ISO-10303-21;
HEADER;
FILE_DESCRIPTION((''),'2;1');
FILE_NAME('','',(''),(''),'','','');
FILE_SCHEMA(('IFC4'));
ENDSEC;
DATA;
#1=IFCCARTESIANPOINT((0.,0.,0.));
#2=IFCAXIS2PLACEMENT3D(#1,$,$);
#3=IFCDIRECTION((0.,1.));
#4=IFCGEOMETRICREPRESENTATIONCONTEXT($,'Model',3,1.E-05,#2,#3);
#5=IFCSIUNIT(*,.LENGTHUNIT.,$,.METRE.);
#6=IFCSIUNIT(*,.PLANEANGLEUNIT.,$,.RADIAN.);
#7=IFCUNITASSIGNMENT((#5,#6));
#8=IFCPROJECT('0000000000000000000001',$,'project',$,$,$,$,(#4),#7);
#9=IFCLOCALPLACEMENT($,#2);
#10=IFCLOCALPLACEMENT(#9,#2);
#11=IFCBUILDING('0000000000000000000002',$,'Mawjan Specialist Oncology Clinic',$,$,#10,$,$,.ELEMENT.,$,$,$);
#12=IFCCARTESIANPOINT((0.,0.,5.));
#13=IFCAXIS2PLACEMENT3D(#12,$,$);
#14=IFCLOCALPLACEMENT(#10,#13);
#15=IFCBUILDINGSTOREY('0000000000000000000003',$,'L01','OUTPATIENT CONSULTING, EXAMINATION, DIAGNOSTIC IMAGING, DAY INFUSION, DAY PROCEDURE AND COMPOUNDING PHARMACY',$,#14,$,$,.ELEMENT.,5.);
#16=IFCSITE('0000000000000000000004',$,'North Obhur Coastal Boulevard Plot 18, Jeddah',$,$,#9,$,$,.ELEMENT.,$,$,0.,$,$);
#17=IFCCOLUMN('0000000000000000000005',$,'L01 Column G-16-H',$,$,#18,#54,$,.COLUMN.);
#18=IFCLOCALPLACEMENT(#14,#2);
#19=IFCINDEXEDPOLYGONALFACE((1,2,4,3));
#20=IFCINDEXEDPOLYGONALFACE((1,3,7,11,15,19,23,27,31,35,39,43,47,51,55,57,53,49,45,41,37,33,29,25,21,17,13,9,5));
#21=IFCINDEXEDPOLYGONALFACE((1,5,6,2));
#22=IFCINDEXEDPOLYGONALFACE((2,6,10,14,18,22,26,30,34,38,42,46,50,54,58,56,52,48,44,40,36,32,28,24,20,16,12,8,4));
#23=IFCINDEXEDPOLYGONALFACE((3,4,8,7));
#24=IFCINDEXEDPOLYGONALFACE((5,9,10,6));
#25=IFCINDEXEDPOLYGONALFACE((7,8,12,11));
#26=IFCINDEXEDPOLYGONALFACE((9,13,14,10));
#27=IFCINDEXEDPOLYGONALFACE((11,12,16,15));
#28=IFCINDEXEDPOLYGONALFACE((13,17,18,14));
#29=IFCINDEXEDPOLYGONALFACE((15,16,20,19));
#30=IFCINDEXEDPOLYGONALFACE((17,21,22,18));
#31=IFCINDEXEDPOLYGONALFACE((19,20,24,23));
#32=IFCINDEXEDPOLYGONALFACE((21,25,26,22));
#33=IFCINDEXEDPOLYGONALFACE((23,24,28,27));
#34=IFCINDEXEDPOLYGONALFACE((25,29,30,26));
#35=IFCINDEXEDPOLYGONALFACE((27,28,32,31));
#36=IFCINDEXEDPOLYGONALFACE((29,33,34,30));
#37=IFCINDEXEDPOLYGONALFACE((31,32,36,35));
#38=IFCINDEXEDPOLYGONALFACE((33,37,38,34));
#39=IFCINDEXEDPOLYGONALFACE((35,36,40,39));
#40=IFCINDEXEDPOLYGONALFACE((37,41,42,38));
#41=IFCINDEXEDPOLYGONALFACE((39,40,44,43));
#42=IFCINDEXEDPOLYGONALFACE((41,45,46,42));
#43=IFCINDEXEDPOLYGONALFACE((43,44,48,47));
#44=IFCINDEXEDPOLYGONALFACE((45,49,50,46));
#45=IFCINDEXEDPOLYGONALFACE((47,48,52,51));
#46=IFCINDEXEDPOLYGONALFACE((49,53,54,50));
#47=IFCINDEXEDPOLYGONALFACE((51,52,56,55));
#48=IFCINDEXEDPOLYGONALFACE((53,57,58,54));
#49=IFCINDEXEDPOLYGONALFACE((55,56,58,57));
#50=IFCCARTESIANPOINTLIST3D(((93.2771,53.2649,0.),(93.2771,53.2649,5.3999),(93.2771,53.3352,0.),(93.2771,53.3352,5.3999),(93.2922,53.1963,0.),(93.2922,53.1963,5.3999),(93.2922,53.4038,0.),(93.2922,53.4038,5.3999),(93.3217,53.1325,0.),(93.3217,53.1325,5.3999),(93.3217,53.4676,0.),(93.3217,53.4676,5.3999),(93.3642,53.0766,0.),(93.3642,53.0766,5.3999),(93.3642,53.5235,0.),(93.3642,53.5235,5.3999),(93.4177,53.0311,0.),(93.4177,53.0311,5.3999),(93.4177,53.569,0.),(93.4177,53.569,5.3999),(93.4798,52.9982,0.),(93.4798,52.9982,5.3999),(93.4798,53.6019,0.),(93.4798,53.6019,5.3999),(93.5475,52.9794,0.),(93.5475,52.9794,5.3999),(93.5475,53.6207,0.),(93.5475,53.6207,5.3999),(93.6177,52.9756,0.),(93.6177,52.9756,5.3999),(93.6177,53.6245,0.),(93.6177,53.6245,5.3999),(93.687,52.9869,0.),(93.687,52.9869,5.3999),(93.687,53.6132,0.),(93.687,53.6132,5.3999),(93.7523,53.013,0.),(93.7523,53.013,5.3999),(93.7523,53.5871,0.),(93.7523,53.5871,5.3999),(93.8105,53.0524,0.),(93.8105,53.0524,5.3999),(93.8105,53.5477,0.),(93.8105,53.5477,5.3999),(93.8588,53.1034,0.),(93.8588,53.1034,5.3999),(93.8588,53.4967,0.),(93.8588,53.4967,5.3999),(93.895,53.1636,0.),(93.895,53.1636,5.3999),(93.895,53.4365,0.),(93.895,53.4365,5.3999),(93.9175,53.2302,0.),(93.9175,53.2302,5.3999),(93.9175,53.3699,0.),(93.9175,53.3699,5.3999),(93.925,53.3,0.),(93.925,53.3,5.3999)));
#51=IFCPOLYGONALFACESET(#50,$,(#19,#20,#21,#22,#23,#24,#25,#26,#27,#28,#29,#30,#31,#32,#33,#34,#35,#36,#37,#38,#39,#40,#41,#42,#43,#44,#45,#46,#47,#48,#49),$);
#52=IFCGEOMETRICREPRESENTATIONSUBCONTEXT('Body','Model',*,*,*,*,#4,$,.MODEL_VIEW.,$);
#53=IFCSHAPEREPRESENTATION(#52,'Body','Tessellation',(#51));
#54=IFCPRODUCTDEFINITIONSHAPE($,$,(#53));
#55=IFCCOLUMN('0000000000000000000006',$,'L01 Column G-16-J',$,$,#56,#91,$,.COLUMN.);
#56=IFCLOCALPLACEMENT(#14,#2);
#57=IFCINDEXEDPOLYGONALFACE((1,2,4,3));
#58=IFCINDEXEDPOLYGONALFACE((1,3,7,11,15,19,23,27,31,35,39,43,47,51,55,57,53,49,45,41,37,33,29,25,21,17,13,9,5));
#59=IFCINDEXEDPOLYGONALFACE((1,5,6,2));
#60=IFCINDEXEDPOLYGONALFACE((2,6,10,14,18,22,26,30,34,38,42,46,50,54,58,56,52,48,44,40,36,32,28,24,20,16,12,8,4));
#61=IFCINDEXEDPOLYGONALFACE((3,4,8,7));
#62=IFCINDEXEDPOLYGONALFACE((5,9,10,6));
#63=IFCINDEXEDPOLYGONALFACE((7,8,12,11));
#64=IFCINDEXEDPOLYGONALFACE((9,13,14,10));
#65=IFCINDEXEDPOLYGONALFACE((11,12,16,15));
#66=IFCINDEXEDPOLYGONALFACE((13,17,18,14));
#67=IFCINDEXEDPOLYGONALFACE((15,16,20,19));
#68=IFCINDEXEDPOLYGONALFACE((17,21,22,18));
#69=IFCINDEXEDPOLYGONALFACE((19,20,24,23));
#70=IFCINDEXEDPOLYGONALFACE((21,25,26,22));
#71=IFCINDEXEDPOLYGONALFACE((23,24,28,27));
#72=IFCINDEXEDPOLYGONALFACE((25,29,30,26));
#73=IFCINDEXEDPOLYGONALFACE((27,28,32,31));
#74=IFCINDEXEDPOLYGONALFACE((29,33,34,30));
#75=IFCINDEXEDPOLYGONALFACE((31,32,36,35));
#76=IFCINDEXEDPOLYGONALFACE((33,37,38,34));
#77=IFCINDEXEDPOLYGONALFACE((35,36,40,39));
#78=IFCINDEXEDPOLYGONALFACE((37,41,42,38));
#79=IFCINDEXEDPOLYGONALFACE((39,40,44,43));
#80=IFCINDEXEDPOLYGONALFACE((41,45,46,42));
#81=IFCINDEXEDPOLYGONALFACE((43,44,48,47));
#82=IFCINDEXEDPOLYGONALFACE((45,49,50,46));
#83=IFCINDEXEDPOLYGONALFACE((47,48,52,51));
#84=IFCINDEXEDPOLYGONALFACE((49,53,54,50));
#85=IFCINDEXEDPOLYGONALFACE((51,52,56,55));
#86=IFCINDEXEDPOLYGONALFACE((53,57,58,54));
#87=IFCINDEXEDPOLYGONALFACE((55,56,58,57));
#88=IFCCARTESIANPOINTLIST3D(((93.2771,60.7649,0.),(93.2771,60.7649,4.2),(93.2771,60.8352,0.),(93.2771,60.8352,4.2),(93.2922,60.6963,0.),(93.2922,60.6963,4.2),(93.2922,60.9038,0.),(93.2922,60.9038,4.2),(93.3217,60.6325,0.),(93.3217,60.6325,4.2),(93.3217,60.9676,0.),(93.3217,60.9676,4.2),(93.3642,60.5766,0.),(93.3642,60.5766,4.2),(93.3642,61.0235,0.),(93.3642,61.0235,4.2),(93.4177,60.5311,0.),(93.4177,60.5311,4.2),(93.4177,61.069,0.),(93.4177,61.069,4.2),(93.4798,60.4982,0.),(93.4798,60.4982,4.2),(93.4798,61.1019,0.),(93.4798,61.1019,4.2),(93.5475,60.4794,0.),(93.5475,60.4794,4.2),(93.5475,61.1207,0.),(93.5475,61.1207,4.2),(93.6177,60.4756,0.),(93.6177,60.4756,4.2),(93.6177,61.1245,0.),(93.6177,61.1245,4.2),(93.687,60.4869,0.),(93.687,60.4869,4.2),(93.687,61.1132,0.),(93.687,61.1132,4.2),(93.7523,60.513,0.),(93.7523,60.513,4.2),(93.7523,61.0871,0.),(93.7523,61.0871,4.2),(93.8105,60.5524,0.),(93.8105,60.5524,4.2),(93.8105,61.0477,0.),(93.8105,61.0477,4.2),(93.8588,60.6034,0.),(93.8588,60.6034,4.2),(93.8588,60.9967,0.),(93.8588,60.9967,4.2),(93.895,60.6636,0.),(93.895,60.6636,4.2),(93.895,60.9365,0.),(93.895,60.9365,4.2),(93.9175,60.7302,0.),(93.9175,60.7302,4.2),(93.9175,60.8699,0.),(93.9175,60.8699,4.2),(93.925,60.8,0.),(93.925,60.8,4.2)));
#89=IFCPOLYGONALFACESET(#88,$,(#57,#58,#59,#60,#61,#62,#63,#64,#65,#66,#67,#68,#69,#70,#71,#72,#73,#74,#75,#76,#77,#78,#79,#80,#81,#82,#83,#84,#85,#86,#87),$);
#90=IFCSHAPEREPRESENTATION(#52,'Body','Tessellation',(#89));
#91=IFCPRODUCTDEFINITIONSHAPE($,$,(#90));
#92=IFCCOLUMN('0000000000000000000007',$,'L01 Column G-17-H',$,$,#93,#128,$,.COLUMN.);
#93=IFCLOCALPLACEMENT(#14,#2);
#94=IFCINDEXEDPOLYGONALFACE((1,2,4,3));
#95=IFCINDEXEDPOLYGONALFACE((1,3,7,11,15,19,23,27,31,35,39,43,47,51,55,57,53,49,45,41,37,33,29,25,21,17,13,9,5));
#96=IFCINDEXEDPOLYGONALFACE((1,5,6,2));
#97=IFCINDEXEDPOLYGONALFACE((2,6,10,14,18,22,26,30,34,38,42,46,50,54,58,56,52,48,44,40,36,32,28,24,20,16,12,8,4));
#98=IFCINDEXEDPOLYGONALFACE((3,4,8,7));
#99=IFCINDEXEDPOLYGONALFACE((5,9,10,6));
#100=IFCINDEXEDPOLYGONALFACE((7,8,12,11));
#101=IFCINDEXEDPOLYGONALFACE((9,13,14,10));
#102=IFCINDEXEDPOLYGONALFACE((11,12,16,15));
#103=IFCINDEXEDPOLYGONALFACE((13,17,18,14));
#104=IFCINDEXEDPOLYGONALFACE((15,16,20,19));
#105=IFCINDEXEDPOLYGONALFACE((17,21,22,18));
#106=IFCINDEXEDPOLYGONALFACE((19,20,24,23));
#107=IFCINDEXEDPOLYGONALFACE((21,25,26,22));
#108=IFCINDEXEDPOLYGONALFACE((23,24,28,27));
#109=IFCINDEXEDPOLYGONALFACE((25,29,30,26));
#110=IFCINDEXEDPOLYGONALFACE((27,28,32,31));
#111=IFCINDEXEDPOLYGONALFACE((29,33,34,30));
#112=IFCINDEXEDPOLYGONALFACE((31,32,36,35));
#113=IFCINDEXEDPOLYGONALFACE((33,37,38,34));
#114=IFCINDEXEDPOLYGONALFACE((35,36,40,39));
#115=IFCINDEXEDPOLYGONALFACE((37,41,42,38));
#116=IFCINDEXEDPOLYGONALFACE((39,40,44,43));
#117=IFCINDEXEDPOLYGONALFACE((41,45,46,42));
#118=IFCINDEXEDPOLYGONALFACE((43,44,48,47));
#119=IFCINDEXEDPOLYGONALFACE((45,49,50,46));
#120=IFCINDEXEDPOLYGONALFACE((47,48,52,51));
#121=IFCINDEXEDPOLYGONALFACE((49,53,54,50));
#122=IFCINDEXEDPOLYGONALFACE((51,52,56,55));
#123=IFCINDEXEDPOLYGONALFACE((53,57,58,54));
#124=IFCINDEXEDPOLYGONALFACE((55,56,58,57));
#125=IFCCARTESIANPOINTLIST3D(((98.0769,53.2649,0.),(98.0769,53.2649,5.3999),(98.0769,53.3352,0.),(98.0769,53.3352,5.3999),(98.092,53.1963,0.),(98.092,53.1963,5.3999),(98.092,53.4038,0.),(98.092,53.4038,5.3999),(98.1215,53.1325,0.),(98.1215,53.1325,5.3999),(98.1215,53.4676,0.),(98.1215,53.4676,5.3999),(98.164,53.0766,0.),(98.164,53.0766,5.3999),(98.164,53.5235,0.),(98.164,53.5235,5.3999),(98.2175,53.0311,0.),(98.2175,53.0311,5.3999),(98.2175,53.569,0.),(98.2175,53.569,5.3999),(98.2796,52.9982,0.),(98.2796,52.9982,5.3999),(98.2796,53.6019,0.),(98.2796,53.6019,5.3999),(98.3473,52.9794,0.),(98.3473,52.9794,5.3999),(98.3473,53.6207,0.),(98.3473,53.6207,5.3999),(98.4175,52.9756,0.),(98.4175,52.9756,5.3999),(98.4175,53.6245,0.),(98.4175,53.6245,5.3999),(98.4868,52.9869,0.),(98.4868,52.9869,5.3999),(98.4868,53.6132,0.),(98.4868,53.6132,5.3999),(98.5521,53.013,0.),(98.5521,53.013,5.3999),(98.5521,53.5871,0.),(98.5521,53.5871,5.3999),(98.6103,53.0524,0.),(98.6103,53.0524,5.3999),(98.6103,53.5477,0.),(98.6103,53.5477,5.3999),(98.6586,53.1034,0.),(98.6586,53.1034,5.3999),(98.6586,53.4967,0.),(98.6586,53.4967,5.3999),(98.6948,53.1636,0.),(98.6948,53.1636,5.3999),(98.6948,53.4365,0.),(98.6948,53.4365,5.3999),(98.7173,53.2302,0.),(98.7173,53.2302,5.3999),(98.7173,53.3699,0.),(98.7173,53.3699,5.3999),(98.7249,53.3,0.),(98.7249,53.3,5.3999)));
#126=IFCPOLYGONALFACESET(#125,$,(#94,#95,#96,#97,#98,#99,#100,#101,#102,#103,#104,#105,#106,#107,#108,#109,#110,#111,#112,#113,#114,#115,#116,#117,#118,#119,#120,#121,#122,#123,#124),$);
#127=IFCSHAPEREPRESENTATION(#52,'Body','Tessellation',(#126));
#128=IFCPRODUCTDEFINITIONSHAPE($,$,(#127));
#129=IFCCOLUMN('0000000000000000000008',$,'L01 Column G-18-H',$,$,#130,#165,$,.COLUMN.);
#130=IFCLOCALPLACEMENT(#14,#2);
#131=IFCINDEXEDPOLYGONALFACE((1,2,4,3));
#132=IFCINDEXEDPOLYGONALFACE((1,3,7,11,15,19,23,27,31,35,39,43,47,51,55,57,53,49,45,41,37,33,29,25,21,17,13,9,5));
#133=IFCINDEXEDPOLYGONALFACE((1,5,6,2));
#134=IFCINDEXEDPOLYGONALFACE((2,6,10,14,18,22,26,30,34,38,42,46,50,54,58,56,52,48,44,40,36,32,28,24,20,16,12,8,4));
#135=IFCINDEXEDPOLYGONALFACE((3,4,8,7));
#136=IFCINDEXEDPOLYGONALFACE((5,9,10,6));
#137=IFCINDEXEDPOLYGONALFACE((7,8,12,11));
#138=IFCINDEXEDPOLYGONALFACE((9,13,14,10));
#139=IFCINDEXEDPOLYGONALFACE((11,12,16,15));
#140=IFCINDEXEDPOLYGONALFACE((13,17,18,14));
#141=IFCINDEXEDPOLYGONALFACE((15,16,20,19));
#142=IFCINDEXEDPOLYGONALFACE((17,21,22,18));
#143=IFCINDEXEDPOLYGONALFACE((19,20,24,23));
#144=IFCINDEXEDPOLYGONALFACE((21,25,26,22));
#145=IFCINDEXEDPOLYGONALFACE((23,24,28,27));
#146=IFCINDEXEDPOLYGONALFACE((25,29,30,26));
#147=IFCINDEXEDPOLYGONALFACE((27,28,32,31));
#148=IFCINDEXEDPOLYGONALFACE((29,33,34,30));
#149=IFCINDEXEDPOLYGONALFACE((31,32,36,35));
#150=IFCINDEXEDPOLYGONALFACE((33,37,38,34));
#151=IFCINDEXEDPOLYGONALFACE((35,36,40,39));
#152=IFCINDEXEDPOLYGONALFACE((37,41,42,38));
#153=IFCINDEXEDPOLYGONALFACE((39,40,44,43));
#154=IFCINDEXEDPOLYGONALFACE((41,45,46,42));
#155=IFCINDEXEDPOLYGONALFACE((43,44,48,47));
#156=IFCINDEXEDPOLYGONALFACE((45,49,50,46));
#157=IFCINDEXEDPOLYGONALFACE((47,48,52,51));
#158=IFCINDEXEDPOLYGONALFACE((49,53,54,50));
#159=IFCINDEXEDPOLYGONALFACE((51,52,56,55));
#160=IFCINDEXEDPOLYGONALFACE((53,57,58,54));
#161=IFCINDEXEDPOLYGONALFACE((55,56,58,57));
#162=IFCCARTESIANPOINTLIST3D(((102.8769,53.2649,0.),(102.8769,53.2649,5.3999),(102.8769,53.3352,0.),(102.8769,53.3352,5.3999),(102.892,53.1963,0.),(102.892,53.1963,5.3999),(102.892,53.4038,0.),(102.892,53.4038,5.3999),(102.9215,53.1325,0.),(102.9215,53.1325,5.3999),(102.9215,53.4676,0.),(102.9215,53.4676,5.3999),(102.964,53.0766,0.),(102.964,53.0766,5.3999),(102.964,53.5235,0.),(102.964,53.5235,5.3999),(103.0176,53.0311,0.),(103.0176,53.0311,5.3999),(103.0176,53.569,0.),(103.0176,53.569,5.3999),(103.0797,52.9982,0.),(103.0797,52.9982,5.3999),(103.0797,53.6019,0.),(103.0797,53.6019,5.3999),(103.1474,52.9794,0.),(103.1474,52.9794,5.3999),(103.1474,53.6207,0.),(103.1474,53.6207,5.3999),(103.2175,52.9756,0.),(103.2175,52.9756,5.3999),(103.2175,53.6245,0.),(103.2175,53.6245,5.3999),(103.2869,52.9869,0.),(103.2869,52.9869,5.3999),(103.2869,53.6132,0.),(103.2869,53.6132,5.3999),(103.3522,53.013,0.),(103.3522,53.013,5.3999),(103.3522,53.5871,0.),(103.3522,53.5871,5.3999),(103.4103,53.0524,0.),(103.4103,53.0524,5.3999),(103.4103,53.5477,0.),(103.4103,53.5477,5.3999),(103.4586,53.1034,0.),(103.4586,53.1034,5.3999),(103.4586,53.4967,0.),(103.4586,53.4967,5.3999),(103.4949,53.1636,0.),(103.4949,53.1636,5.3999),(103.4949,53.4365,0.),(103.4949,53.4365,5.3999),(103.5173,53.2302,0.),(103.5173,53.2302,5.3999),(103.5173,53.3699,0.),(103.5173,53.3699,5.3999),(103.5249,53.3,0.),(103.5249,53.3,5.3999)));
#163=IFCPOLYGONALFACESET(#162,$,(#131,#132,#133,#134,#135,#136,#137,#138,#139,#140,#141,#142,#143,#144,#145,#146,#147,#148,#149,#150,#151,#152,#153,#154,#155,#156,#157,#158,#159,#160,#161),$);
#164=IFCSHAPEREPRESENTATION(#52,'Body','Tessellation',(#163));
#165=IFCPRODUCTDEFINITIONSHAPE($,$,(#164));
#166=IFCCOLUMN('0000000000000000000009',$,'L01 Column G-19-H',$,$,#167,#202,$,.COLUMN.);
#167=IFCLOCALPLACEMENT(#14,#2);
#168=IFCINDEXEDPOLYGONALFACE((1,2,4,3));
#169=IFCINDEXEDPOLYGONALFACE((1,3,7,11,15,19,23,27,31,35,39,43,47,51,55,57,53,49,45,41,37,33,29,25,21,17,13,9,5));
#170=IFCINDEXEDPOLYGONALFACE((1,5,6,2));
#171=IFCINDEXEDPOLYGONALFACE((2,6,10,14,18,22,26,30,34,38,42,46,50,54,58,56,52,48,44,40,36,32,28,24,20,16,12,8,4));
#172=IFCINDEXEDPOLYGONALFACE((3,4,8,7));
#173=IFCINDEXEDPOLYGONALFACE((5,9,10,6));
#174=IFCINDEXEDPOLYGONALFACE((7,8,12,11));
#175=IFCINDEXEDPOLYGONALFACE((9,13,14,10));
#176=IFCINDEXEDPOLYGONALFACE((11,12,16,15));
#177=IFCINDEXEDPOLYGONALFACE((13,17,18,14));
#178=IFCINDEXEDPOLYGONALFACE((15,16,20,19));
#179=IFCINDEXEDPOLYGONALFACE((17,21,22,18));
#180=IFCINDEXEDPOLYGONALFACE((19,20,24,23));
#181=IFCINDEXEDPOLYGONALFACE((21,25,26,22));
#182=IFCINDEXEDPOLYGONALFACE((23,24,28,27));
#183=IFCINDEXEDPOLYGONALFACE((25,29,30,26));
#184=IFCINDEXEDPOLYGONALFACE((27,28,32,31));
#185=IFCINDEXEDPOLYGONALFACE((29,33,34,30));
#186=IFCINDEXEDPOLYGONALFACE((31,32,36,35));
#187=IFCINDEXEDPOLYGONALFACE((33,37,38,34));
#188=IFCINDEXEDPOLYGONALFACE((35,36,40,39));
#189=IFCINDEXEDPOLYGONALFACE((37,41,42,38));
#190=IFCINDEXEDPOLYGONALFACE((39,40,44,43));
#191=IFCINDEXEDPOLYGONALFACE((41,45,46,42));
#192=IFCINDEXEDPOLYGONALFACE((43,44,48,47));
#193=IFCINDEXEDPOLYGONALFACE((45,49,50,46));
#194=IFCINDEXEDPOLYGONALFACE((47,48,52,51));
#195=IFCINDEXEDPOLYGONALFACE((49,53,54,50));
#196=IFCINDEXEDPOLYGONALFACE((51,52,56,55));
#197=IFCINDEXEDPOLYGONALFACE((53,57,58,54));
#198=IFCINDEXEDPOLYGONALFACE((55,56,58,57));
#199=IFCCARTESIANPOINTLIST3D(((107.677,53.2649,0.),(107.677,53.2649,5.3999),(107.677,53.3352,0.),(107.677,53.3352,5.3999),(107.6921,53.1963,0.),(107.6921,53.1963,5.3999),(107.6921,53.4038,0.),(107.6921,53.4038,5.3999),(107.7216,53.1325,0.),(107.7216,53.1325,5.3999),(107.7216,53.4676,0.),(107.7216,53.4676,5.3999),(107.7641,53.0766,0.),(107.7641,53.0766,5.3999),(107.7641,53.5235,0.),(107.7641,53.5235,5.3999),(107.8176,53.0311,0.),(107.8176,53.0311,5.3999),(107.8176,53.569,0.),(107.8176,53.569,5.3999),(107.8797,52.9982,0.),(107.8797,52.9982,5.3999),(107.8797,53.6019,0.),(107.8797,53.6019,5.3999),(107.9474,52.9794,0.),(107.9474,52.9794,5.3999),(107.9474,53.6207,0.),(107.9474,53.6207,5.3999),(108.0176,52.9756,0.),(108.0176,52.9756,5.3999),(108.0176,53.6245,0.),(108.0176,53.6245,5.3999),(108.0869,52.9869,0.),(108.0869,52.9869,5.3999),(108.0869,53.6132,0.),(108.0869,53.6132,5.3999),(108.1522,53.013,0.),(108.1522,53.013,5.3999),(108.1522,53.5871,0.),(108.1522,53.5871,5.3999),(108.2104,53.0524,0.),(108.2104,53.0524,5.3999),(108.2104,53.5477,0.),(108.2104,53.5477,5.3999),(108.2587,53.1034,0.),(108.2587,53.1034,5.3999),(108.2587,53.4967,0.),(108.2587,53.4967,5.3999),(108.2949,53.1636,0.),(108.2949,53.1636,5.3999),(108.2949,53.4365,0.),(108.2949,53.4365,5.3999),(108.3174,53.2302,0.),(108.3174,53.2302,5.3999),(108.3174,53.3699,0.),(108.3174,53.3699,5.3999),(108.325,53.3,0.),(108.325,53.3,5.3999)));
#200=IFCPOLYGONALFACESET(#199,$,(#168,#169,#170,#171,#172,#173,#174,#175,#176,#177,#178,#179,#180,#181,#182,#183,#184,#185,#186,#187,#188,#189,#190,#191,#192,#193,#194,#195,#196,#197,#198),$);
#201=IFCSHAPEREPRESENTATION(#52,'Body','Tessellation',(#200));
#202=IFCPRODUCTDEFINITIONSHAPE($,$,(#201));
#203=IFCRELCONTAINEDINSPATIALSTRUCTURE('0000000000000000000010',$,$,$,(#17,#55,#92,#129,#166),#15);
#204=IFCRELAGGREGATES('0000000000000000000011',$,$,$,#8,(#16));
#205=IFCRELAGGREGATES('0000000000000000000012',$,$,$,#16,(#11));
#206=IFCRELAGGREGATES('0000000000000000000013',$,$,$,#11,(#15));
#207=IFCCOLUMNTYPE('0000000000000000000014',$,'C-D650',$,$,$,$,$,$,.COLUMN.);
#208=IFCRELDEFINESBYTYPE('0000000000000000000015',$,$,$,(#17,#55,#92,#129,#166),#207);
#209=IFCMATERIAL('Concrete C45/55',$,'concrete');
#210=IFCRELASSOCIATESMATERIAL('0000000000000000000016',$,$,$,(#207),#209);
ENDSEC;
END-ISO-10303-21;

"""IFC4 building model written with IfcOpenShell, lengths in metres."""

from ifc_helpers import new_model, si_unit, direction, frame, origin, origin_2d, place, context, subcontext, project, spatial, circle, extrude, material, material_profile, profile_set, type_object, element, save


model = new_model("IFC4")

# Units and contexts
model_context = context("Model", 3, precision=1e-05, world=origin(), true_north=direction((0.0, 1.0)))
body_context = subcontext(model_context, "Body", "Model", "MODEL_VIEW")
ifc_project = project(units=[si_unit("LENGTHUNIT", "METRE"), si_unit("PLANEANGLEUNIT", "RADIAN")], contexts=[model_context])

# Site, building, storey
site_placement = place(None, origin())
site = spatial("IfcSite", under=ifc_project, at=site_placement, Name="North Obhur Coastal Boulevard Plot 18, Jeddah", CompositionType="ELEMENT", RefElevation=0.0)
building_placement = place(site_placement, origin())
building = spatial("IfcBuilding", under=site, at=building_placement, Name="Mawjan Specialist Oncology Clinic", CompositionType="ELEMENT")
storey_placement = place(building_placement, frame((0.0, 0.0, 5.0)))
storey = spatial("IfcBuildingStorey", under=building, at=storey_placement, Name="L01", Description="OUTPATIENT CONSULTING, EXAMINATION, DIAGNOSTIC IMAGING, DAY INFUSION, DAY PROCEDURE AND COMPOUNDING PHARMACY", CompositionType="ELEMENT", Elevation=5.0)

# Columns
ifc_material_1 = material(Name="Concrete C45/55", Category="concrete")
ifc_material_profile_1 = material_profile(ifc_material_1, circle(Radius=0.325, at=origin_2d()), Name="RC COL D650", Category="concrete")
ifc_profile_set_1 = profile_set([ifc_material_profile_1], Name="Concrete C45/55")
column_type = type_object("IfcColumnType", Name="C-D650", PredefinedType="COLUMN", material=ifc_profile_set_1)
column_1_placement = place(storey_placement, frame((93.6001, 53.3, 0.0), z_axis=(0.0, 0.0, 1.0), x_axis=(1.0, 0.0, 0.0)))
element("IfcColumn", 1, at=column_1_placement, inside=storey, type_object=column_type, Name="L01 Column G-16-H", PredefinedType="COLUMN", context=body_context, shape_type="SweptSolid", body=[
    extrude(circle(Radius=0.325, at=origin_2d()), origin(), (0.0, 0.0, 1.0), 5.3999),
])
column_2_placement = place(storey_placement, frame((93.6001, 60.8, 0.0), z_axis=(0.0, 0.0, 1.0), x_axis=(1.0, 0.0, 0.0)))
element("IfcColumn", 2, at=column_2_placement, inside=storey, type_object=column_type, Name="L01 Column G-16-J", PredefinedType="COLUMN", context=body_context, shape_type="SweptSolid", body=[
    extrude(circle(Radius=0.325, at=origin_2d()), origin(), (0.0, 0.0, 1.0), 4.2),
])
for number, where, z_axis, x_axis, name in (
    (3, (98.3999, 53.3, 0.0), (0.0, 0.0, 1.0), (1.0, 0.0, 0.0), "L01 Column G-17-H"),
    (4, (103.2, 53.3, 0.0), (0.0, 0.0, 1.0), (1.0, 0.0, 0.0), "L01 Column G-18-H"),
    (5, (108.0, 53.3, 0.0), (0.0, 0.0, 1.0), (1.0, 0.0, 0.0), "L01 Column G-19-H"),
):
    element("IfcColumn", number, at=place(storey_placement, frame(where, z_axis=z_axis, x_axis=x_axis)), inside=storey, type_object=column_type, Name=name, PredefinedType="COLUMN", context=body_context, shape_type="SweptSolid", body=[
        extrude(circle(Radius=0.325, at=origin_2d()), origin(), (0.0, 0.0, 1.0), 5.3999),
    ])

save(model, "model.ifc")
